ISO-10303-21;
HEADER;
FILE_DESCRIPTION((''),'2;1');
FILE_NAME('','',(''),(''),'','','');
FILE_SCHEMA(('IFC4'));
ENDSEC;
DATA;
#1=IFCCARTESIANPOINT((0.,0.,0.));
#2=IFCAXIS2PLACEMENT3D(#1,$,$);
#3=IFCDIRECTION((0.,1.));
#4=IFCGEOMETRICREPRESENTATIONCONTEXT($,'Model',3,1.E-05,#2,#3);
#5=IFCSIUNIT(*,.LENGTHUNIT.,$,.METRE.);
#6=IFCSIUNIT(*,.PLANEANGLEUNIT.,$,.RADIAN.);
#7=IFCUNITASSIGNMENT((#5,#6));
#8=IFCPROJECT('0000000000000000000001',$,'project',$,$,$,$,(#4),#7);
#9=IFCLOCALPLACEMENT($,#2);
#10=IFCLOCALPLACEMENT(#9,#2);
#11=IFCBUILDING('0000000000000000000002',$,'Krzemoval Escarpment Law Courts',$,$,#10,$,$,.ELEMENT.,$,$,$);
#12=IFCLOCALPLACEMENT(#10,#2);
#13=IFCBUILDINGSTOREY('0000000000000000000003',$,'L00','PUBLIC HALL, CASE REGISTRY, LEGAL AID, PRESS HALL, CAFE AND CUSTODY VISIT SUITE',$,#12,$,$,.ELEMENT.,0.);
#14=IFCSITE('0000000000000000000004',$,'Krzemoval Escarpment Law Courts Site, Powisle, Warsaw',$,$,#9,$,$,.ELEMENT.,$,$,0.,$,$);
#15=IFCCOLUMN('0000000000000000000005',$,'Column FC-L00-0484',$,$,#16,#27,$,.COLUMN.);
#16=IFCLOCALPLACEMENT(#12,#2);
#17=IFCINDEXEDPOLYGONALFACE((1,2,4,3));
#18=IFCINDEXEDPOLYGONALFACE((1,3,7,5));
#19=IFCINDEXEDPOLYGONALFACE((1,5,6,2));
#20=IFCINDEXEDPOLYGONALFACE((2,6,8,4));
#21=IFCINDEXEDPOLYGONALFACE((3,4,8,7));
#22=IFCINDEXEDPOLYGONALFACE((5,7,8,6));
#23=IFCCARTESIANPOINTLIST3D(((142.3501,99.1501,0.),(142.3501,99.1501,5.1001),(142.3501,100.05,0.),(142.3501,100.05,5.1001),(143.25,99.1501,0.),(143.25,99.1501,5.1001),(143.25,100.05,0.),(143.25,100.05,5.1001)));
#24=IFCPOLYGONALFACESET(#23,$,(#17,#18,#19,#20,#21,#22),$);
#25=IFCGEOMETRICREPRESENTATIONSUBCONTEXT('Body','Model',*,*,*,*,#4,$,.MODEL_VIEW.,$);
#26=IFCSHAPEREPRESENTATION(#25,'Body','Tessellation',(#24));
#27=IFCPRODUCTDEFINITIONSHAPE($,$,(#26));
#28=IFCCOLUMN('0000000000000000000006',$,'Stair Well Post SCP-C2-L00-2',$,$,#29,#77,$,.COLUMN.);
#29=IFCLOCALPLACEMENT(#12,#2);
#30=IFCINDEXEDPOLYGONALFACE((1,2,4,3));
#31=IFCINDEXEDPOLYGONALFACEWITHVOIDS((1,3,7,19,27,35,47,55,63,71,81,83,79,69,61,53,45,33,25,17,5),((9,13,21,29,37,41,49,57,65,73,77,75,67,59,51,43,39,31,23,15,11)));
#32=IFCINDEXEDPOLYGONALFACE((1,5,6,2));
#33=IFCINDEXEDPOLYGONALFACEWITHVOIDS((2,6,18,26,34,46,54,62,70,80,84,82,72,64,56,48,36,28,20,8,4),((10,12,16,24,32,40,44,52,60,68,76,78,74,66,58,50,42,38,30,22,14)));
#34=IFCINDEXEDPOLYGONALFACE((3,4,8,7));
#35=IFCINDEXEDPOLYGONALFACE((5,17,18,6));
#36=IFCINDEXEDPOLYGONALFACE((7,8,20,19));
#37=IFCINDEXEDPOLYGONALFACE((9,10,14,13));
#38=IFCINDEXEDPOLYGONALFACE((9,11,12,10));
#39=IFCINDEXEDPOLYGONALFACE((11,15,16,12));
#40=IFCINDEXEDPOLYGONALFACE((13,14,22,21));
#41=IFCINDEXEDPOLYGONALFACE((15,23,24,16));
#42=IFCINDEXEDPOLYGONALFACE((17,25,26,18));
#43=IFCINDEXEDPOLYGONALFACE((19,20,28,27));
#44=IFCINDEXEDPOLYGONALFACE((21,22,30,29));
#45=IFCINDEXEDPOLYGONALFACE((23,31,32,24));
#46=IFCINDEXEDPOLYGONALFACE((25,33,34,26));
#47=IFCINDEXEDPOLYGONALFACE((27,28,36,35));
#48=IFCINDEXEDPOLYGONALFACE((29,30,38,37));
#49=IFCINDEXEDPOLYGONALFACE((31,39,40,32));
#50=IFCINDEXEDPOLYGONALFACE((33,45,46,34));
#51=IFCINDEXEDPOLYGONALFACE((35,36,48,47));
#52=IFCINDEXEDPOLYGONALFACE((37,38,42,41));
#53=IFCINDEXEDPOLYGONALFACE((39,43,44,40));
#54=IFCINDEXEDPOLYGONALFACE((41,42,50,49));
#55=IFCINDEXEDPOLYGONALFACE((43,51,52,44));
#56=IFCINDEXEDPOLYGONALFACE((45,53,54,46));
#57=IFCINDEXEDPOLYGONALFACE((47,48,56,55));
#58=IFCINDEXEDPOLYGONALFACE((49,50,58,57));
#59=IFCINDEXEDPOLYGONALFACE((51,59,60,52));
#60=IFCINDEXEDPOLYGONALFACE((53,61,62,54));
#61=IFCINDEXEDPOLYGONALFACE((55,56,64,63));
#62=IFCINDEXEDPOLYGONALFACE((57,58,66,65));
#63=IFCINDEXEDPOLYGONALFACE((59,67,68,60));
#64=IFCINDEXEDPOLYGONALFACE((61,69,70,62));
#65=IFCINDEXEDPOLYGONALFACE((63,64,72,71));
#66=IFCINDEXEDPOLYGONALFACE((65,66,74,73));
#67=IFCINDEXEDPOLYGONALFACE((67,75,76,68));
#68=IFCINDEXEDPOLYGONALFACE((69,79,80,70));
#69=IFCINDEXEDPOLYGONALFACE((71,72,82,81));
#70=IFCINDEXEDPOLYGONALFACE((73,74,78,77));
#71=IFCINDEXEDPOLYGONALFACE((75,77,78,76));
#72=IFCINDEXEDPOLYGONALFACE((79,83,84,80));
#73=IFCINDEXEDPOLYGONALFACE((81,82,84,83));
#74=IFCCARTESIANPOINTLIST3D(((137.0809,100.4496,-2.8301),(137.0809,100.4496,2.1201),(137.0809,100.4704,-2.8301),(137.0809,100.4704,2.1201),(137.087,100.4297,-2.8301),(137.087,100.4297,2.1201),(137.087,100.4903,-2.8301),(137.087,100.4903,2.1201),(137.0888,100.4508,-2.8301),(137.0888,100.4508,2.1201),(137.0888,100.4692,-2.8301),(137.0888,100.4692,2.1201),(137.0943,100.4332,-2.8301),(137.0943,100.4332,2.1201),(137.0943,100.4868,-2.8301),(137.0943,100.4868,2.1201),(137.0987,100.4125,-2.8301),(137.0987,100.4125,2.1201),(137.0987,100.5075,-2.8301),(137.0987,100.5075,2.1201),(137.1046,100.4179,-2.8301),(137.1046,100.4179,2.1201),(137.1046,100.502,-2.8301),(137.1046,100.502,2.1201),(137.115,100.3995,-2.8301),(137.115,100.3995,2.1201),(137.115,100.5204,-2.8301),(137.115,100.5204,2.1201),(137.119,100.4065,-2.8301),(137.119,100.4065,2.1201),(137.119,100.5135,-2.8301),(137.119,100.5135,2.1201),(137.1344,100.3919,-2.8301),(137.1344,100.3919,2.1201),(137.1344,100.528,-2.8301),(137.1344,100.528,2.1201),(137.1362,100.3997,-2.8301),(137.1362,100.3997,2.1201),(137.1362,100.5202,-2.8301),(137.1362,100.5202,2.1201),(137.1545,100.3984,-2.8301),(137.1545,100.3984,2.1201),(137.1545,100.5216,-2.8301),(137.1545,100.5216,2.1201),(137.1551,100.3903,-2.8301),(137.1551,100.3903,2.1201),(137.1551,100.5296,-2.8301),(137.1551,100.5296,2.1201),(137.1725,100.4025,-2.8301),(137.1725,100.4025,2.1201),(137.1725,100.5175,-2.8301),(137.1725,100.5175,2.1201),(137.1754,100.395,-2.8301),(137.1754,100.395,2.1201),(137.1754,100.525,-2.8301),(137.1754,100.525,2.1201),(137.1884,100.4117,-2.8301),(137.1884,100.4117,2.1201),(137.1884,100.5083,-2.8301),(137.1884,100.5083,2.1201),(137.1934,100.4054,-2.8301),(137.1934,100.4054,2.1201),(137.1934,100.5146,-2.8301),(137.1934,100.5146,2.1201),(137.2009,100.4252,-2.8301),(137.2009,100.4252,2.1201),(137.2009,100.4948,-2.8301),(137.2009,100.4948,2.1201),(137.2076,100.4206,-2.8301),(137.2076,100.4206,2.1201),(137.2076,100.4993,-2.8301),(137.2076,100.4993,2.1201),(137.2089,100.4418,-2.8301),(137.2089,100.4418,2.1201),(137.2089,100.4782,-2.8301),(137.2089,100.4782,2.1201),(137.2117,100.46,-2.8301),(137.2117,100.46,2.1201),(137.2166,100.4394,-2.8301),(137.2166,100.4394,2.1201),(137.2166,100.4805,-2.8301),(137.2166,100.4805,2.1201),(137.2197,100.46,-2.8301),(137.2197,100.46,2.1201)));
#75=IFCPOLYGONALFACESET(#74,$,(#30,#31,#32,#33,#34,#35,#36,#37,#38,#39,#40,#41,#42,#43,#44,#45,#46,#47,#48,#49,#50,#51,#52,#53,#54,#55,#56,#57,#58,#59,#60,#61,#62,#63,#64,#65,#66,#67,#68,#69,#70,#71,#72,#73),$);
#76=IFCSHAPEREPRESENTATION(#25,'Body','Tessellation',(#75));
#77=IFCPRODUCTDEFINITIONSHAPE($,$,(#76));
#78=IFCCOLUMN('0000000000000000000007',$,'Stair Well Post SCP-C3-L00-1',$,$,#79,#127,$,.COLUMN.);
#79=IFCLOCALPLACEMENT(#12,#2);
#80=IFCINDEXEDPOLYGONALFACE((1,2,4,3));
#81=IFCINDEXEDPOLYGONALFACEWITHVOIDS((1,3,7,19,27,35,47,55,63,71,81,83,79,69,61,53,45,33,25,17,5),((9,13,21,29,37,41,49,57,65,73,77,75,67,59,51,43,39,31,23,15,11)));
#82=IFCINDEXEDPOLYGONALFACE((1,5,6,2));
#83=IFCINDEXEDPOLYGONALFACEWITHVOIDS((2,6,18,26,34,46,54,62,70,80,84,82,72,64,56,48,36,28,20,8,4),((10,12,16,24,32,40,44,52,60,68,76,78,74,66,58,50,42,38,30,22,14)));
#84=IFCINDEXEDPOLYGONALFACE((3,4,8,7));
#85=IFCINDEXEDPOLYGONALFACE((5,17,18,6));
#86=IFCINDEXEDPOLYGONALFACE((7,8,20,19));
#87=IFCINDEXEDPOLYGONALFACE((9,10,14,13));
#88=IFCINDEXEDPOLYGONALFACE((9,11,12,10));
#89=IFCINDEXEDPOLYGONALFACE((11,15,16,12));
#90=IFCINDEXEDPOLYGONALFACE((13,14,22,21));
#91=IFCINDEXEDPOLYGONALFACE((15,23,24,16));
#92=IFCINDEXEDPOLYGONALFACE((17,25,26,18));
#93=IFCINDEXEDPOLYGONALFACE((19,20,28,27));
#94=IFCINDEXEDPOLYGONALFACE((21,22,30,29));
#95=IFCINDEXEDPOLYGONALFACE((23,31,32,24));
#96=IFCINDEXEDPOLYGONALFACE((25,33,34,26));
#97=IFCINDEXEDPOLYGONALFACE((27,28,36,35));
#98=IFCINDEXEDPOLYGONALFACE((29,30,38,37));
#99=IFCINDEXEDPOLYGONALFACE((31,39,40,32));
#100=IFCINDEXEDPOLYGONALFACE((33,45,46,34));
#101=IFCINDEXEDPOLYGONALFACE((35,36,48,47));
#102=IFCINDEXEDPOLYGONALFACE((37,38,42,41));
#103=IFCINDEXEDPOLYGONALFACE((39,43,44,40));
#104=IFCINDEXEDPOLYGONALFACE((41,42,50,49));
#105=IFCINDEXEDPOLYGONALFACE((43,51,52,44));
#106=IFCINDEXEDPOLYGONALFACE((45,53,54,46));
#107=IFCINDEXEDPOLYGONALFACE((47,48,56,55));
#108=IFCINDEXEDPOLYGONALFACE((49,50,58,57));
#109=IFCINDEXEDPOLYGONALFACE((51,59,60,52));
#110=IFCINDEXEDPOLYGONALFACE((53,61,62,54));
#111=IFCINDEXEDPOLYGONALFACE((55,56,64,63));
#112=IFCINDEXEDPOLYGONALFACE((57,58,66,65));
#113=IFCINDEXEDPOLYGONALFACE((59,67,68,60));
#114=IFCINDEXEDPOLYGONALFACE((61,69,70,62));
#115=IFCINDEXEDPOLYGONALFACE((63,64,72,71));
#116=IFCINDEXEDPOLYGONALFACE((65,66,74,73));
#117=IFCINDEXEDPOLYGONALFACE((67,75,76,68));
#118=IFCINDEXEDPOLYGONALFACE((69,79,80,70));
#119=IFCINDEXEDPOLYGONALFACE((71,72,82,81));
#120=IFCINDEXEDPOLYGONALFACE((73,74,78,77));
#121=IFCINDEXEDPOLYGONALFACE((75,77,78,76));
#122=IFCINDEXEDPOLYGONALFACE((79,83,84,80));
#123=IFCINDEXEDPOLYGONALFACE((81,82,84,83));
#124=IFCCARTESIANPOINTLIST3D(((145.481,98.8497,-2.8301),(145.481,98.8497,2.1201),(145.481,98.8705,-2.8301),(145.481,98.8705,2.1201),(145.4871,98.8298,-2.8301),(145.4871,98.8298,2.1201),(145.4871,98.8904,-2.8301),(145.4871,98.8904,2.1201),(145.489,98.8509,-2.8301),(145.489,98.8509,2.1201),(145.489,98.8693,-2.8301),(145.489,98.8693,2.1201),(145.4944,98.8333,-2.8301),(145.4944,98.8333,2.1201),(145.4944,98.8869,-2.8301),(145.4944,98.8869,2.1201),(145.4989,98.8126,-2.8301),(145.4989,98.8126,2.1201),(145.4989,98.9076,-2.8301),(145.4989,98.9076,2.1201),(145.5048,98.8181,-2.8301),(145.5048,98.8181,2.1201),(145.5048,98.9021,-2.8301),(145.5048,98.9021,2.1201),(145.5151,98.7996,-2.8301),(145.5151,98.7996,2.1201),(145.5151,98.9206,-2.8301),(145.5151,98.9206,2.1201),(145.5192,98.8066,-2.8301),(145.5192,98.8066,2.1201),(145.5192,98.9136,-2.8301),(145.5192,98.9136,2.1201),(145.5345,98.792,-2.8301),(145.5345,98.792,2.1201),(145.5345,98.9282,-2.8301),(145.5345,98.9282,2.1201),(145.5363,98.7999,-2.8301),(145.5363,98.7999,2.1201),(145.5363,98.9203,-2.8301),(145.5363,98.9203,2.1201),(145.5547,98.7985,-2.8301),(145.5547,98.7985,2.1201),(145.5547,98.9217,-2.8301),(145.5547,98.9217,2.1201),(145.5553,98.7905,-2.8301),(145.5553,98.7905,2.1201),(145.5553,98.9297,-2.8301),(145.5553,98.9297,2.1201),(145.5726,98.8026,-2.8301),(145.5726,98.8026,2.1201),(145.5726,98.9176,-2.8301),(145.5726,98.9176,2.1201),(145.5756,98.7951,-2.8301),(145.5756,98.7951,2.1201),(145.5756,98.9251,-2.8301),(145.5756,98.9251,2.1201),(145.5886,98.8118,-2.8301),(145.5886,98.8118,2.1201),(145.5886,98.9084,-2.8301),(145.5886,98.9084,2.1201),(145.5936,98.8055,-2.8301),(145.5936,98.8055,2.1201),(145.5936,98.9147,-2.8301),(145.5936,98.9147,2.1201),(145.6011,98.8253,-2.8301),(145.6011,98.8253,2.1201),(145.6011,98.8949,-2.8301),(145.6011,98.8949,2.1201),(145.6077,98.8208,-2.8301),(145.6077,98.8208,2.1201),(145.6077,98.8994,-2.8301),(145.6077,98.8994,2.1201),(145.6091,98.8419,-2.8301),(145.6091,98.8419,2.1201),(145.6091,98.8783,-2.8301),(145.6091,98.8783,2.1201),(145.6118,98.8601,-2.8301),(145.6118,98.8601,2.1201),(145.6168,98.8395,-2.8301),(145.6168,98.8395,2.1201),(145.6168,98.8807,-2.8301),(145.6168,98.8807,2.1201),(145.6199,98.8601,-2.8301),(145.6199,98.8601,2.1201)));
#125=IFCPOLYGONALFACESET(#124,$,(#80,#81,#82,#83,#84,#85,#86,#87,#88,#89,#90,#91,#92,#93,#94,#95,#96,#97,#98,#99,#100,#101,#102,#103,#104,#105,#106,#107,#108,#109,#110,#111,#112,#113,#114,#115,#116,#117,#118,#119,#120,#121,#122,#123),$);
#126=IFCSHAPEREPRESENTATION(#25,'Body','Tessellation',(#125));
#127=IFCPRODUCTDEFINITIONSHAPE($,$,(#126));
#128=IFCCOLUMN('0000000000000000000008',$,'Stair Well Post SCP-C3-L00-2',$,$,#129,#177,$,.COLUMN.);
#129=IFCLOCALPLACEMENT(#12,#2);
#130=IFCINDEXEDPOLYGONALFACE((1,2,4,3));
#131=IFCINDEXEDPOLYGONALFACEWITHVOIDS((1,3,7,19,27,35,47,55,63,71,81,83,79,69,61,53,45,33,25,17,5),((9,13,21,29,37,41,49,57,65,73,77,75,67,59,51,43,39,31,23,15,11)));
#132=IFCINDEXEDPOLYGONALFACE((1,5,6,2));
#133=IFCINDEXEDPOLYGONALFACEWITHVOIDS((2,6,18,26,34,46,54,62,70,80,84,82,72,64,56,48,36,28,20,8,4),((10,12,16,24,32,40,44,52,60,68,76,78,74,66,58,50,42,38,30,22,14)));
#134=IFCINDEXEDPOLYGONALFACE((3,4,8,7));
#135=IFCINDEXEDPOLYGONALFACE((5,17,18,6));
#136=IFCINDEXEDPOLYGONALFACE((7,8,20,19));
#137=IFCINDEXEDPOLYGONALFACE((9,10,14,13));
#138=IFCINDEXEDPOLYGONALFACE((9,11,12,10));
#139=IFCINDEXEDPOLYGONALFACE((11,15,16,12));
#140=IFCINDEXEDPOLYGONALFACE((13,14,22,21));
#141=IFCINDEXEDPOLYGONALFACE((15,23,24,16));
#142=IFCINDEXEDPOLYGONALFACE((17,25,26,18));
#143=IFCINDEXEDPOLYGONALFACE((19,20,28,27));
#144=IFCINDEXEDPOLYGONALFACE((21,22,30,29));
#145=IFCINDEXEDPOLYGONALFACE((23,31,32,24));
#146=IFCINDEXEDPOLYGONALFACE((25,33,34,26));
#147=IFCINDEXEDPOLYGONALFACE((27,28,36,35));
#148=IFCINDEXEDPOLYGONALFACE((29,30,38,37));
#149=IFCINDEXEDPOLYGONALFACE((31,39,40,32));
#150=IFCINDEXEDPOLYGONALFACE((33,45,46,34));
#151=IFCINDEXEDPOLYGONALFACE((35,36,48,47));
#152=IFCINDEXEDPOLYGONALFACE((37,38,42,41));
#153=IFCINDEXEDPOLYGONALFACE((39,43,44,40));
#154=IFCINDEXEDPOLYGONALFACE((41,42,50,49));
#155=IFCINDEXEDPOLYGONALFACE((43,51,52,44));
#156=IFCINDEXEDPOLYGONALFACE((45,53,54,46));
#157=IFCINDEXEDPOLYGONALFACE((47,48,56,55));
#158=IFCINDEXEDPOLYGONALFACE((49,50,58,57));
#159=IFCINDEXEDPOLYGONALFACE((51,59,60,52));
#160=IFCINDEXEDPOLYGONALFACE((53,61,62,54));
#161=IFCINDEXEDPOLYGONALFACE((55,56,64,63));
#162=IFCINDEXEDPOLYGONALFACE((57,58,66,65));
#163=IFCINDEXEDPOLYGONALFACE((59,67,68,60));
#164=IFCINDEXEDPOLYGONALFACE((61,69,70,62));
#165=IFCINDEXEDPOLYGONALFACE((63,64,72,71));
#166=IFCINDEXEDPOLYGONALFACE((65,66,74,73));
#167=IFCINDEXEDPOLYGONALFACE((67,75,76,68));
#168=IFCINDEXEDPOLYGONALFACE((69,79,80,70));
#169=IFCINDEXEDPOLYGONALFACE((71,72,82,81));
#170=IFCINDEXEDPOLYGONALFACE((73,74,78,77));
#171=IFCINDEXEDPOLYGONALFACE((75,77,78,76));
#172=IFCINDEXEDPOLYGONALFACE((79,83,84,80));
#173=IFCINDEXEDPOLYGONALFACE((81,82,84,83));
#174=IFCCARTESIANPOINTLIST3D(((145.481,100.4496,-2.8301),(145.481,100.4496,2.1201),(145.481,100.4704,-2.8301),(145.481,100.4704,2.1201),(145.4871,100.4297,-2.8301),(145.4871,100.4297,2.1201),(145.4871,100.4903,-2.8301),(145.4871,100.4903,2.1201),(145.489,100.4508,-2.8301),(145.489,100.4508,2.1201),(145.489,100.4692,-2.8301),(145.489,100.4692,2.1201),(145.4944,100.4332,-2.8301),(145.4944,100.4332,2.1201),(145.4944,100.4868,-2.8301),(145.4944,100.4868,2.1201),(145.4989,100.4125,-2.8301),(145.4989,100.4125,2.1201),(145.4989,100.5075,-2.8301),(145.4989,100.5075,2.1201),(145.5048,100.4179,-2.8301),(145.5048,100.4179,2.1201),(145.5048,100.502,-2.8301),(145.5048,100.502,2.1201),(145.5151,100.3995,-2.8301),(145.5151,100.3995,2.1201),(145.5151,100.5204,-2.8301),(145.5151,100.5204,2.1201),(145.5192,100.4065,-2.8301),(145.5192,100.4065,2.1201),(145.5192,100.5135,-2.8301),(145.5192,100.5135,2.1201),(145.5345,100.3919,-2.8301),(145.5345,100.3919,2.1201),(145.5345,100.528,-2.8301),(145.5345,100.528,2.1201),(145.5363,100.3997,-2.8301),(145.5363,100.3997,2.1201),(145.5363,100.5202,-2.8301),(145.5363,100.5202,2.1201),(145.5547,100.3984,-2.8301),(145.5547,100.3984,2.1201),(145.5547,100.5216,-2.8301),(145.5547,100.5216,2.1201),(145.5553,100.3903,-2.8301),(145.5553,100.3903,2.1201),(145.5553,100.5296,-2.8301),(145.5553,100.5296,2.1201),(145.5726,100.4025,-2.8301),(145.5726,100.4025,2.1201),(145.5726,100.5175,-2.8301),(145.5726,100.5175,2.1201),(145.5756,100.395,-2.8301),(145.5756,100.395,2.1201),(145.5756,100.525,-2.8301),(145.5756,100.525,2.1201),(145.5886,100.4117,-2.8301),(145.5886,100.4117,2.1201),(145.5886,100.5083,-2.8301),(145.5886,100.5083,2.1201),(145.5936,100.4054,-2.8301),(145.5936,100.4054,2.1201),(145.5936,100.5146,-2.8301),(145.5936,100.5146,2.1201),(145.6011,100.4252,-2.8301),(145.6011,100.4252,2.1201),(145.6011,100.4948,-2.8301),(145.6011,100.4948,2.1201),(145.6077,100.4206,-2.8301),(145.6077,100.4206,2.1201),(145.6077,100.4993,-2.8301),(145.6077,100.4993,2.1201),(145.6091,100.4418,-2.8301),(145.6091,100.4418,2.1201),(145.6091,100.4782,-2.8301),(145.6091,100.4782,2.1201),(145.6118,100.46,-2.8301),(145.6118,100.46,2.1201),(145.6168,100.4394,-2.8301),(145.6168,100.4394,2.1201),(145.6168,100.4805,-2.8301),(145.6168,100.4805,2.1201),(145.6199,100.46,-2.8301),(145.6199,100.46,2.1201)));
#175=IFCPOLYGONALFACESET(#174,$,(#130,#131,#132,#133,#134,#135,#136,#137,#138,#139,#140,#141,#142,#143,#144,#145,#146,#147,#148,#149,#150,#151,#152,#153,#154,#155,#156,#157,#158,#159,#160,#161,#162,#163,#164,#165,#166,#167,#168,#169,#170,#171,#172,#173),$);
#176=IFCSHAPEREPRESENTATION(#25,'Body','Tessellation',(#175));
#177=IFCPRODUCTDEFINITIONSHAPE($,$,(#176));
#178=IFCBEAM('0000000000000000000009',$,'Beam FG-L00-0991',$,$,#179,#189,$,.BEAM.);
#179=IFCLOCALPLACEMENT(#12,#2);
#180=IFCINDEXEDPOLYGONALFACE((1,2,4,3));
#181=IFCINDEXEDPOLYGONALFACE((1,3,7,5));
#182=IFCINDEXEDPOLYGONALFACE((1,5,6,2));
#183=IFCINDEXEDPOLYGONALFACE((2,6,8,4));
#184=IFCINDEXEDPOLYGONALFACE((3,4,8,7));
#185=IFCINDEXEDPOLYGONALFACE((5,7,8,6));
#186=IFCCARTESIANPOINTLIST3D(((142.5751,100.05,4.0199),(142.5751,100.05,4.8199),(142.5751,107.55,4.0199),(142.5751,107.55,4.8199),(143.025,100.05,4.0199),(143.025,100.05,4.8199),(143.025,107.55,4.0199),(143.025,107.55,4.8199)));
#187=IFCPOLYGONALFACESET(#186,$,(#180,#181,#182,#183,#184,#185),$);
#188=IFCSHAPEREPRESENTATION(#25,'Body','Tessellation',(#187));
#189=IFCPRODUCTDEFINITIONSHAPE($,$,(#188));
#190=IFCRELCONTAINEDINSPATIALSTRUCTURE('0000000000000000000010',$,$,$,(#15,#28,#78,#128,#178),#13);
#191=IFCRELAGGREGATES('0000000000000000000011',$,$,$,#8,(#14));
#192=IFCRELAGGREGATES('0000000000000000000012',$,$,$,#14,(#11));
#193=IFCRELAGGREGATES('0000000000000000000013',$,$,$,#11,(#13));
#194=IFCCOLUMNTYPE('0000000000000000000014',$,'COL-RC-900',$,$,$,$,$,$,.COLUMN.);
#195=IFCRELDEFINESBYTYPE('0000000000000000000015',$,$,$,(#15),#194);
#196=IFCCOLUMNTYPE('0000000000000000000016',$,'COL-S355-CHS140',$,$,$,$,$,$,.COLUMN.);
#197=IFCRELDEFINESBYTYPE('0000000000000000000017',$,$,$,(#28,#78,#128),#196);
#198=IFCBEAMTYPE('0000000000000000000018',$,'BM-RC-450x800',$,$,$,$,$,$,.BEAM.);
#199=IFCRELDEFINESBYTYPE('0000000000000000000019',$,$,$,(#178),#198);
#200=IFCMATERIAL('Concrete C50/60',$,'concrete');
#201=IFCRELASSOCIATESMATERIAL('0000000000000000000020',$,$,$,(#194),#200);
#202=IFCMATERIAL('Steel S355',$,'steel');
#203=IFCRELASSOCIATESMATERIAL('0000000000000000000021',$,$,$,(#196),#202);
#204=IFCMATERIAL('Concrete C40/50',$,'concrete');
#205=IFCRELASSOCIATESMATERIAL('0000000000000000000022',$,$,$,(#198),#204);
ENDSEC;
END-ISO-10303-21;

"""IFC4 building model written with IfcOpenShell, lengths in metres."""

from ifc_helpers import new_model, si_unit, direction, frame, origin, origin_2d, place, context, subcontext, project, spatial, rectangle, hollow_circle, extrude, material, material_profile, profile_set, type_object, element, save


model = new_model("IFC4")

# Units and contexts
model_context = context("Model", 3, precision=1e-05, world=origin(), true_north=direction((0.0, 1.0)))
body_context = subcontext(model_context, "Body", "Model", "MODEL_VIEW")
ifc_project = project(units=[si_unit("LENGTHUNIT", "METRE"), si_unit("PLANEANGLEUNIT", "RADIAN")], contexts=[model_context])

# Site, building, storey
site_placement = place(None, origin())
site = spatial("IfcSite", under=ifc_project, at=site_placement, Name="Krzemoval Escarpment Law Courts Site, Powisle, Warsaw", CompositionType="ELEMENT", RefElevation=0.0)
building_placement = place(site_placement, origin())
building = spatial("IfcBuilding", under=site, at=building_placement, Name="Krzemoval Escarpment Law Courts", CompositionType="ELEMENT")
storey_placement = place(building_placement, origin())
storey = spatial("IfcBuildingStorey", under=building, at=storey_placement, Name="L00", Description="PUBLIC HALL, CASE REGISTRY, LEGAL AID, PRESS HALL, CAFE AND CUSTODY VISIT SUITE", CompositionType="ELEMENT", Elevation=0.0)

# Columns
ifc_material_1 = material(Name="Concrete C50/60", Category="concrete")
ifc_material_profile_1 = material_profile(ifc_material_1, rectangle(XDim=0.8999, YDim=0.8999, at=origin_2d()), Name="RC 900x900")
ifc_profile_set_1 = profile_set([ifc_material_profile_1], Name="Concrete C50/60")
column_type_1 = type_object("IfcColumnType", Name="COL-RC-900", PredefinedType="COLUMN", material=ifc_profile_set_1)
column_placement = place(storey_placement, frame((142.8, 99.6001, 0.0), z_axis=(0.0, 0.0, 1.0), x_axis=(1.0, 0.0, 0.0)))
element("IfcColumn", 1, at=column_placement, inside=storey, type_object=column_type_1, Name="Column FC-L00-0484", PredefinedType="COLUMN", context=body_context, shape_type="SweptSolid", body=[
    extrude(rectangle(XDim=0.8999, YDim=0.8999, at=origin_2d()), origin(), (0.0, 0.0, 1.0), 5.1001),
])
ifc_material_2 = material(Name="Steel S355", Category="steel")
ifc_material_profile_2 = material_profile(ifc_material_2, hollow_circle(Radius=0.0698, WallThickness=0.0081, at=origin_2d()), Name="CHS 139.7x8")
ifc_profile_set_2 = profile_set([ifc_material_profile_2], Name="Steel S355")
column_type_2 = type_object("IfcColumnType", Name="COL-S355-CHS140", PredefinedType="COLUMN", material=ifc_profile_set_2)
for number, where, z_axis, x_axis, name in (
    (2, (137.1499, 100.46, -2.8301), (0.0, 0.0, 1.0), (1.0, 0.0, 0.0), "Stair Well Post SCP-C2-L00-2"),
    (3, (145.55, 98.8601, -2.8301), (0.0, 0.0, 1.0), (1.0, 0.0, 0.0), "Stair Well Post SCP-C3-L00-1"),
    (4, (145.55, 100.46, -2.8301), (0.0, 0.0, 1.0), (1.0, 0.0, 0.0), "Stair Well Post SCP-C3-L00-2"),
):
    element("IfcColumn", number, at=place(storey_placement, frame(where, z_axis=z_axis, x_axis=x_axis)), inside=storey, type_object=column_type_2, Name=name, PredefinedType="COLUMN", context=body_context, shape_type="SweptSolid", body=[
        extrude(hollow_circle(Radius=0.0698, WallThickness=0.0081, at=origin_2d()), origin(), (0.0, 0.0, 1.0), 4.9502),
    ])

# Beam
ifc_material_3 = material(Name="Concrete C40/50", Category="concrete")
ifc_material_profile_3 = material_profile(ifc_material_3, rectangle(XDim=0.45, YDim=0.8, at=origin_2d()), Name="RCB 450x800")
ifc_profile_set_3 = profile_set([ifc_material_profile_3], Name="Concrete C40/50")
beam_type_1 = type_object("IfcBeamType", Name="BM-RC-450x800", PredefinedType="BEAM", material=ifc_profile_set_3)
beam_1_placement = place(storey_placement, frame((142.8, 100.05, 4.4199), z_axis=(0.0, 1.0, 0.0), x_axis=(-1.0, 0.0, 0.0)))
element("IfcBeam", 5, at=beam_1_placement, inside=storey, type_object=beam_type_1, Name="Beam FG-L00-0991", PredefinedType="BEAM", context=body_context, shape_type="SweptSolid", body=[
    extrude(rectangle(XDim=0.45, YDim=0.8, at=origin_2d()), origin(), (0.0, 0.0, 1.0), 7.5),
])

save(model, "model.ifc")
